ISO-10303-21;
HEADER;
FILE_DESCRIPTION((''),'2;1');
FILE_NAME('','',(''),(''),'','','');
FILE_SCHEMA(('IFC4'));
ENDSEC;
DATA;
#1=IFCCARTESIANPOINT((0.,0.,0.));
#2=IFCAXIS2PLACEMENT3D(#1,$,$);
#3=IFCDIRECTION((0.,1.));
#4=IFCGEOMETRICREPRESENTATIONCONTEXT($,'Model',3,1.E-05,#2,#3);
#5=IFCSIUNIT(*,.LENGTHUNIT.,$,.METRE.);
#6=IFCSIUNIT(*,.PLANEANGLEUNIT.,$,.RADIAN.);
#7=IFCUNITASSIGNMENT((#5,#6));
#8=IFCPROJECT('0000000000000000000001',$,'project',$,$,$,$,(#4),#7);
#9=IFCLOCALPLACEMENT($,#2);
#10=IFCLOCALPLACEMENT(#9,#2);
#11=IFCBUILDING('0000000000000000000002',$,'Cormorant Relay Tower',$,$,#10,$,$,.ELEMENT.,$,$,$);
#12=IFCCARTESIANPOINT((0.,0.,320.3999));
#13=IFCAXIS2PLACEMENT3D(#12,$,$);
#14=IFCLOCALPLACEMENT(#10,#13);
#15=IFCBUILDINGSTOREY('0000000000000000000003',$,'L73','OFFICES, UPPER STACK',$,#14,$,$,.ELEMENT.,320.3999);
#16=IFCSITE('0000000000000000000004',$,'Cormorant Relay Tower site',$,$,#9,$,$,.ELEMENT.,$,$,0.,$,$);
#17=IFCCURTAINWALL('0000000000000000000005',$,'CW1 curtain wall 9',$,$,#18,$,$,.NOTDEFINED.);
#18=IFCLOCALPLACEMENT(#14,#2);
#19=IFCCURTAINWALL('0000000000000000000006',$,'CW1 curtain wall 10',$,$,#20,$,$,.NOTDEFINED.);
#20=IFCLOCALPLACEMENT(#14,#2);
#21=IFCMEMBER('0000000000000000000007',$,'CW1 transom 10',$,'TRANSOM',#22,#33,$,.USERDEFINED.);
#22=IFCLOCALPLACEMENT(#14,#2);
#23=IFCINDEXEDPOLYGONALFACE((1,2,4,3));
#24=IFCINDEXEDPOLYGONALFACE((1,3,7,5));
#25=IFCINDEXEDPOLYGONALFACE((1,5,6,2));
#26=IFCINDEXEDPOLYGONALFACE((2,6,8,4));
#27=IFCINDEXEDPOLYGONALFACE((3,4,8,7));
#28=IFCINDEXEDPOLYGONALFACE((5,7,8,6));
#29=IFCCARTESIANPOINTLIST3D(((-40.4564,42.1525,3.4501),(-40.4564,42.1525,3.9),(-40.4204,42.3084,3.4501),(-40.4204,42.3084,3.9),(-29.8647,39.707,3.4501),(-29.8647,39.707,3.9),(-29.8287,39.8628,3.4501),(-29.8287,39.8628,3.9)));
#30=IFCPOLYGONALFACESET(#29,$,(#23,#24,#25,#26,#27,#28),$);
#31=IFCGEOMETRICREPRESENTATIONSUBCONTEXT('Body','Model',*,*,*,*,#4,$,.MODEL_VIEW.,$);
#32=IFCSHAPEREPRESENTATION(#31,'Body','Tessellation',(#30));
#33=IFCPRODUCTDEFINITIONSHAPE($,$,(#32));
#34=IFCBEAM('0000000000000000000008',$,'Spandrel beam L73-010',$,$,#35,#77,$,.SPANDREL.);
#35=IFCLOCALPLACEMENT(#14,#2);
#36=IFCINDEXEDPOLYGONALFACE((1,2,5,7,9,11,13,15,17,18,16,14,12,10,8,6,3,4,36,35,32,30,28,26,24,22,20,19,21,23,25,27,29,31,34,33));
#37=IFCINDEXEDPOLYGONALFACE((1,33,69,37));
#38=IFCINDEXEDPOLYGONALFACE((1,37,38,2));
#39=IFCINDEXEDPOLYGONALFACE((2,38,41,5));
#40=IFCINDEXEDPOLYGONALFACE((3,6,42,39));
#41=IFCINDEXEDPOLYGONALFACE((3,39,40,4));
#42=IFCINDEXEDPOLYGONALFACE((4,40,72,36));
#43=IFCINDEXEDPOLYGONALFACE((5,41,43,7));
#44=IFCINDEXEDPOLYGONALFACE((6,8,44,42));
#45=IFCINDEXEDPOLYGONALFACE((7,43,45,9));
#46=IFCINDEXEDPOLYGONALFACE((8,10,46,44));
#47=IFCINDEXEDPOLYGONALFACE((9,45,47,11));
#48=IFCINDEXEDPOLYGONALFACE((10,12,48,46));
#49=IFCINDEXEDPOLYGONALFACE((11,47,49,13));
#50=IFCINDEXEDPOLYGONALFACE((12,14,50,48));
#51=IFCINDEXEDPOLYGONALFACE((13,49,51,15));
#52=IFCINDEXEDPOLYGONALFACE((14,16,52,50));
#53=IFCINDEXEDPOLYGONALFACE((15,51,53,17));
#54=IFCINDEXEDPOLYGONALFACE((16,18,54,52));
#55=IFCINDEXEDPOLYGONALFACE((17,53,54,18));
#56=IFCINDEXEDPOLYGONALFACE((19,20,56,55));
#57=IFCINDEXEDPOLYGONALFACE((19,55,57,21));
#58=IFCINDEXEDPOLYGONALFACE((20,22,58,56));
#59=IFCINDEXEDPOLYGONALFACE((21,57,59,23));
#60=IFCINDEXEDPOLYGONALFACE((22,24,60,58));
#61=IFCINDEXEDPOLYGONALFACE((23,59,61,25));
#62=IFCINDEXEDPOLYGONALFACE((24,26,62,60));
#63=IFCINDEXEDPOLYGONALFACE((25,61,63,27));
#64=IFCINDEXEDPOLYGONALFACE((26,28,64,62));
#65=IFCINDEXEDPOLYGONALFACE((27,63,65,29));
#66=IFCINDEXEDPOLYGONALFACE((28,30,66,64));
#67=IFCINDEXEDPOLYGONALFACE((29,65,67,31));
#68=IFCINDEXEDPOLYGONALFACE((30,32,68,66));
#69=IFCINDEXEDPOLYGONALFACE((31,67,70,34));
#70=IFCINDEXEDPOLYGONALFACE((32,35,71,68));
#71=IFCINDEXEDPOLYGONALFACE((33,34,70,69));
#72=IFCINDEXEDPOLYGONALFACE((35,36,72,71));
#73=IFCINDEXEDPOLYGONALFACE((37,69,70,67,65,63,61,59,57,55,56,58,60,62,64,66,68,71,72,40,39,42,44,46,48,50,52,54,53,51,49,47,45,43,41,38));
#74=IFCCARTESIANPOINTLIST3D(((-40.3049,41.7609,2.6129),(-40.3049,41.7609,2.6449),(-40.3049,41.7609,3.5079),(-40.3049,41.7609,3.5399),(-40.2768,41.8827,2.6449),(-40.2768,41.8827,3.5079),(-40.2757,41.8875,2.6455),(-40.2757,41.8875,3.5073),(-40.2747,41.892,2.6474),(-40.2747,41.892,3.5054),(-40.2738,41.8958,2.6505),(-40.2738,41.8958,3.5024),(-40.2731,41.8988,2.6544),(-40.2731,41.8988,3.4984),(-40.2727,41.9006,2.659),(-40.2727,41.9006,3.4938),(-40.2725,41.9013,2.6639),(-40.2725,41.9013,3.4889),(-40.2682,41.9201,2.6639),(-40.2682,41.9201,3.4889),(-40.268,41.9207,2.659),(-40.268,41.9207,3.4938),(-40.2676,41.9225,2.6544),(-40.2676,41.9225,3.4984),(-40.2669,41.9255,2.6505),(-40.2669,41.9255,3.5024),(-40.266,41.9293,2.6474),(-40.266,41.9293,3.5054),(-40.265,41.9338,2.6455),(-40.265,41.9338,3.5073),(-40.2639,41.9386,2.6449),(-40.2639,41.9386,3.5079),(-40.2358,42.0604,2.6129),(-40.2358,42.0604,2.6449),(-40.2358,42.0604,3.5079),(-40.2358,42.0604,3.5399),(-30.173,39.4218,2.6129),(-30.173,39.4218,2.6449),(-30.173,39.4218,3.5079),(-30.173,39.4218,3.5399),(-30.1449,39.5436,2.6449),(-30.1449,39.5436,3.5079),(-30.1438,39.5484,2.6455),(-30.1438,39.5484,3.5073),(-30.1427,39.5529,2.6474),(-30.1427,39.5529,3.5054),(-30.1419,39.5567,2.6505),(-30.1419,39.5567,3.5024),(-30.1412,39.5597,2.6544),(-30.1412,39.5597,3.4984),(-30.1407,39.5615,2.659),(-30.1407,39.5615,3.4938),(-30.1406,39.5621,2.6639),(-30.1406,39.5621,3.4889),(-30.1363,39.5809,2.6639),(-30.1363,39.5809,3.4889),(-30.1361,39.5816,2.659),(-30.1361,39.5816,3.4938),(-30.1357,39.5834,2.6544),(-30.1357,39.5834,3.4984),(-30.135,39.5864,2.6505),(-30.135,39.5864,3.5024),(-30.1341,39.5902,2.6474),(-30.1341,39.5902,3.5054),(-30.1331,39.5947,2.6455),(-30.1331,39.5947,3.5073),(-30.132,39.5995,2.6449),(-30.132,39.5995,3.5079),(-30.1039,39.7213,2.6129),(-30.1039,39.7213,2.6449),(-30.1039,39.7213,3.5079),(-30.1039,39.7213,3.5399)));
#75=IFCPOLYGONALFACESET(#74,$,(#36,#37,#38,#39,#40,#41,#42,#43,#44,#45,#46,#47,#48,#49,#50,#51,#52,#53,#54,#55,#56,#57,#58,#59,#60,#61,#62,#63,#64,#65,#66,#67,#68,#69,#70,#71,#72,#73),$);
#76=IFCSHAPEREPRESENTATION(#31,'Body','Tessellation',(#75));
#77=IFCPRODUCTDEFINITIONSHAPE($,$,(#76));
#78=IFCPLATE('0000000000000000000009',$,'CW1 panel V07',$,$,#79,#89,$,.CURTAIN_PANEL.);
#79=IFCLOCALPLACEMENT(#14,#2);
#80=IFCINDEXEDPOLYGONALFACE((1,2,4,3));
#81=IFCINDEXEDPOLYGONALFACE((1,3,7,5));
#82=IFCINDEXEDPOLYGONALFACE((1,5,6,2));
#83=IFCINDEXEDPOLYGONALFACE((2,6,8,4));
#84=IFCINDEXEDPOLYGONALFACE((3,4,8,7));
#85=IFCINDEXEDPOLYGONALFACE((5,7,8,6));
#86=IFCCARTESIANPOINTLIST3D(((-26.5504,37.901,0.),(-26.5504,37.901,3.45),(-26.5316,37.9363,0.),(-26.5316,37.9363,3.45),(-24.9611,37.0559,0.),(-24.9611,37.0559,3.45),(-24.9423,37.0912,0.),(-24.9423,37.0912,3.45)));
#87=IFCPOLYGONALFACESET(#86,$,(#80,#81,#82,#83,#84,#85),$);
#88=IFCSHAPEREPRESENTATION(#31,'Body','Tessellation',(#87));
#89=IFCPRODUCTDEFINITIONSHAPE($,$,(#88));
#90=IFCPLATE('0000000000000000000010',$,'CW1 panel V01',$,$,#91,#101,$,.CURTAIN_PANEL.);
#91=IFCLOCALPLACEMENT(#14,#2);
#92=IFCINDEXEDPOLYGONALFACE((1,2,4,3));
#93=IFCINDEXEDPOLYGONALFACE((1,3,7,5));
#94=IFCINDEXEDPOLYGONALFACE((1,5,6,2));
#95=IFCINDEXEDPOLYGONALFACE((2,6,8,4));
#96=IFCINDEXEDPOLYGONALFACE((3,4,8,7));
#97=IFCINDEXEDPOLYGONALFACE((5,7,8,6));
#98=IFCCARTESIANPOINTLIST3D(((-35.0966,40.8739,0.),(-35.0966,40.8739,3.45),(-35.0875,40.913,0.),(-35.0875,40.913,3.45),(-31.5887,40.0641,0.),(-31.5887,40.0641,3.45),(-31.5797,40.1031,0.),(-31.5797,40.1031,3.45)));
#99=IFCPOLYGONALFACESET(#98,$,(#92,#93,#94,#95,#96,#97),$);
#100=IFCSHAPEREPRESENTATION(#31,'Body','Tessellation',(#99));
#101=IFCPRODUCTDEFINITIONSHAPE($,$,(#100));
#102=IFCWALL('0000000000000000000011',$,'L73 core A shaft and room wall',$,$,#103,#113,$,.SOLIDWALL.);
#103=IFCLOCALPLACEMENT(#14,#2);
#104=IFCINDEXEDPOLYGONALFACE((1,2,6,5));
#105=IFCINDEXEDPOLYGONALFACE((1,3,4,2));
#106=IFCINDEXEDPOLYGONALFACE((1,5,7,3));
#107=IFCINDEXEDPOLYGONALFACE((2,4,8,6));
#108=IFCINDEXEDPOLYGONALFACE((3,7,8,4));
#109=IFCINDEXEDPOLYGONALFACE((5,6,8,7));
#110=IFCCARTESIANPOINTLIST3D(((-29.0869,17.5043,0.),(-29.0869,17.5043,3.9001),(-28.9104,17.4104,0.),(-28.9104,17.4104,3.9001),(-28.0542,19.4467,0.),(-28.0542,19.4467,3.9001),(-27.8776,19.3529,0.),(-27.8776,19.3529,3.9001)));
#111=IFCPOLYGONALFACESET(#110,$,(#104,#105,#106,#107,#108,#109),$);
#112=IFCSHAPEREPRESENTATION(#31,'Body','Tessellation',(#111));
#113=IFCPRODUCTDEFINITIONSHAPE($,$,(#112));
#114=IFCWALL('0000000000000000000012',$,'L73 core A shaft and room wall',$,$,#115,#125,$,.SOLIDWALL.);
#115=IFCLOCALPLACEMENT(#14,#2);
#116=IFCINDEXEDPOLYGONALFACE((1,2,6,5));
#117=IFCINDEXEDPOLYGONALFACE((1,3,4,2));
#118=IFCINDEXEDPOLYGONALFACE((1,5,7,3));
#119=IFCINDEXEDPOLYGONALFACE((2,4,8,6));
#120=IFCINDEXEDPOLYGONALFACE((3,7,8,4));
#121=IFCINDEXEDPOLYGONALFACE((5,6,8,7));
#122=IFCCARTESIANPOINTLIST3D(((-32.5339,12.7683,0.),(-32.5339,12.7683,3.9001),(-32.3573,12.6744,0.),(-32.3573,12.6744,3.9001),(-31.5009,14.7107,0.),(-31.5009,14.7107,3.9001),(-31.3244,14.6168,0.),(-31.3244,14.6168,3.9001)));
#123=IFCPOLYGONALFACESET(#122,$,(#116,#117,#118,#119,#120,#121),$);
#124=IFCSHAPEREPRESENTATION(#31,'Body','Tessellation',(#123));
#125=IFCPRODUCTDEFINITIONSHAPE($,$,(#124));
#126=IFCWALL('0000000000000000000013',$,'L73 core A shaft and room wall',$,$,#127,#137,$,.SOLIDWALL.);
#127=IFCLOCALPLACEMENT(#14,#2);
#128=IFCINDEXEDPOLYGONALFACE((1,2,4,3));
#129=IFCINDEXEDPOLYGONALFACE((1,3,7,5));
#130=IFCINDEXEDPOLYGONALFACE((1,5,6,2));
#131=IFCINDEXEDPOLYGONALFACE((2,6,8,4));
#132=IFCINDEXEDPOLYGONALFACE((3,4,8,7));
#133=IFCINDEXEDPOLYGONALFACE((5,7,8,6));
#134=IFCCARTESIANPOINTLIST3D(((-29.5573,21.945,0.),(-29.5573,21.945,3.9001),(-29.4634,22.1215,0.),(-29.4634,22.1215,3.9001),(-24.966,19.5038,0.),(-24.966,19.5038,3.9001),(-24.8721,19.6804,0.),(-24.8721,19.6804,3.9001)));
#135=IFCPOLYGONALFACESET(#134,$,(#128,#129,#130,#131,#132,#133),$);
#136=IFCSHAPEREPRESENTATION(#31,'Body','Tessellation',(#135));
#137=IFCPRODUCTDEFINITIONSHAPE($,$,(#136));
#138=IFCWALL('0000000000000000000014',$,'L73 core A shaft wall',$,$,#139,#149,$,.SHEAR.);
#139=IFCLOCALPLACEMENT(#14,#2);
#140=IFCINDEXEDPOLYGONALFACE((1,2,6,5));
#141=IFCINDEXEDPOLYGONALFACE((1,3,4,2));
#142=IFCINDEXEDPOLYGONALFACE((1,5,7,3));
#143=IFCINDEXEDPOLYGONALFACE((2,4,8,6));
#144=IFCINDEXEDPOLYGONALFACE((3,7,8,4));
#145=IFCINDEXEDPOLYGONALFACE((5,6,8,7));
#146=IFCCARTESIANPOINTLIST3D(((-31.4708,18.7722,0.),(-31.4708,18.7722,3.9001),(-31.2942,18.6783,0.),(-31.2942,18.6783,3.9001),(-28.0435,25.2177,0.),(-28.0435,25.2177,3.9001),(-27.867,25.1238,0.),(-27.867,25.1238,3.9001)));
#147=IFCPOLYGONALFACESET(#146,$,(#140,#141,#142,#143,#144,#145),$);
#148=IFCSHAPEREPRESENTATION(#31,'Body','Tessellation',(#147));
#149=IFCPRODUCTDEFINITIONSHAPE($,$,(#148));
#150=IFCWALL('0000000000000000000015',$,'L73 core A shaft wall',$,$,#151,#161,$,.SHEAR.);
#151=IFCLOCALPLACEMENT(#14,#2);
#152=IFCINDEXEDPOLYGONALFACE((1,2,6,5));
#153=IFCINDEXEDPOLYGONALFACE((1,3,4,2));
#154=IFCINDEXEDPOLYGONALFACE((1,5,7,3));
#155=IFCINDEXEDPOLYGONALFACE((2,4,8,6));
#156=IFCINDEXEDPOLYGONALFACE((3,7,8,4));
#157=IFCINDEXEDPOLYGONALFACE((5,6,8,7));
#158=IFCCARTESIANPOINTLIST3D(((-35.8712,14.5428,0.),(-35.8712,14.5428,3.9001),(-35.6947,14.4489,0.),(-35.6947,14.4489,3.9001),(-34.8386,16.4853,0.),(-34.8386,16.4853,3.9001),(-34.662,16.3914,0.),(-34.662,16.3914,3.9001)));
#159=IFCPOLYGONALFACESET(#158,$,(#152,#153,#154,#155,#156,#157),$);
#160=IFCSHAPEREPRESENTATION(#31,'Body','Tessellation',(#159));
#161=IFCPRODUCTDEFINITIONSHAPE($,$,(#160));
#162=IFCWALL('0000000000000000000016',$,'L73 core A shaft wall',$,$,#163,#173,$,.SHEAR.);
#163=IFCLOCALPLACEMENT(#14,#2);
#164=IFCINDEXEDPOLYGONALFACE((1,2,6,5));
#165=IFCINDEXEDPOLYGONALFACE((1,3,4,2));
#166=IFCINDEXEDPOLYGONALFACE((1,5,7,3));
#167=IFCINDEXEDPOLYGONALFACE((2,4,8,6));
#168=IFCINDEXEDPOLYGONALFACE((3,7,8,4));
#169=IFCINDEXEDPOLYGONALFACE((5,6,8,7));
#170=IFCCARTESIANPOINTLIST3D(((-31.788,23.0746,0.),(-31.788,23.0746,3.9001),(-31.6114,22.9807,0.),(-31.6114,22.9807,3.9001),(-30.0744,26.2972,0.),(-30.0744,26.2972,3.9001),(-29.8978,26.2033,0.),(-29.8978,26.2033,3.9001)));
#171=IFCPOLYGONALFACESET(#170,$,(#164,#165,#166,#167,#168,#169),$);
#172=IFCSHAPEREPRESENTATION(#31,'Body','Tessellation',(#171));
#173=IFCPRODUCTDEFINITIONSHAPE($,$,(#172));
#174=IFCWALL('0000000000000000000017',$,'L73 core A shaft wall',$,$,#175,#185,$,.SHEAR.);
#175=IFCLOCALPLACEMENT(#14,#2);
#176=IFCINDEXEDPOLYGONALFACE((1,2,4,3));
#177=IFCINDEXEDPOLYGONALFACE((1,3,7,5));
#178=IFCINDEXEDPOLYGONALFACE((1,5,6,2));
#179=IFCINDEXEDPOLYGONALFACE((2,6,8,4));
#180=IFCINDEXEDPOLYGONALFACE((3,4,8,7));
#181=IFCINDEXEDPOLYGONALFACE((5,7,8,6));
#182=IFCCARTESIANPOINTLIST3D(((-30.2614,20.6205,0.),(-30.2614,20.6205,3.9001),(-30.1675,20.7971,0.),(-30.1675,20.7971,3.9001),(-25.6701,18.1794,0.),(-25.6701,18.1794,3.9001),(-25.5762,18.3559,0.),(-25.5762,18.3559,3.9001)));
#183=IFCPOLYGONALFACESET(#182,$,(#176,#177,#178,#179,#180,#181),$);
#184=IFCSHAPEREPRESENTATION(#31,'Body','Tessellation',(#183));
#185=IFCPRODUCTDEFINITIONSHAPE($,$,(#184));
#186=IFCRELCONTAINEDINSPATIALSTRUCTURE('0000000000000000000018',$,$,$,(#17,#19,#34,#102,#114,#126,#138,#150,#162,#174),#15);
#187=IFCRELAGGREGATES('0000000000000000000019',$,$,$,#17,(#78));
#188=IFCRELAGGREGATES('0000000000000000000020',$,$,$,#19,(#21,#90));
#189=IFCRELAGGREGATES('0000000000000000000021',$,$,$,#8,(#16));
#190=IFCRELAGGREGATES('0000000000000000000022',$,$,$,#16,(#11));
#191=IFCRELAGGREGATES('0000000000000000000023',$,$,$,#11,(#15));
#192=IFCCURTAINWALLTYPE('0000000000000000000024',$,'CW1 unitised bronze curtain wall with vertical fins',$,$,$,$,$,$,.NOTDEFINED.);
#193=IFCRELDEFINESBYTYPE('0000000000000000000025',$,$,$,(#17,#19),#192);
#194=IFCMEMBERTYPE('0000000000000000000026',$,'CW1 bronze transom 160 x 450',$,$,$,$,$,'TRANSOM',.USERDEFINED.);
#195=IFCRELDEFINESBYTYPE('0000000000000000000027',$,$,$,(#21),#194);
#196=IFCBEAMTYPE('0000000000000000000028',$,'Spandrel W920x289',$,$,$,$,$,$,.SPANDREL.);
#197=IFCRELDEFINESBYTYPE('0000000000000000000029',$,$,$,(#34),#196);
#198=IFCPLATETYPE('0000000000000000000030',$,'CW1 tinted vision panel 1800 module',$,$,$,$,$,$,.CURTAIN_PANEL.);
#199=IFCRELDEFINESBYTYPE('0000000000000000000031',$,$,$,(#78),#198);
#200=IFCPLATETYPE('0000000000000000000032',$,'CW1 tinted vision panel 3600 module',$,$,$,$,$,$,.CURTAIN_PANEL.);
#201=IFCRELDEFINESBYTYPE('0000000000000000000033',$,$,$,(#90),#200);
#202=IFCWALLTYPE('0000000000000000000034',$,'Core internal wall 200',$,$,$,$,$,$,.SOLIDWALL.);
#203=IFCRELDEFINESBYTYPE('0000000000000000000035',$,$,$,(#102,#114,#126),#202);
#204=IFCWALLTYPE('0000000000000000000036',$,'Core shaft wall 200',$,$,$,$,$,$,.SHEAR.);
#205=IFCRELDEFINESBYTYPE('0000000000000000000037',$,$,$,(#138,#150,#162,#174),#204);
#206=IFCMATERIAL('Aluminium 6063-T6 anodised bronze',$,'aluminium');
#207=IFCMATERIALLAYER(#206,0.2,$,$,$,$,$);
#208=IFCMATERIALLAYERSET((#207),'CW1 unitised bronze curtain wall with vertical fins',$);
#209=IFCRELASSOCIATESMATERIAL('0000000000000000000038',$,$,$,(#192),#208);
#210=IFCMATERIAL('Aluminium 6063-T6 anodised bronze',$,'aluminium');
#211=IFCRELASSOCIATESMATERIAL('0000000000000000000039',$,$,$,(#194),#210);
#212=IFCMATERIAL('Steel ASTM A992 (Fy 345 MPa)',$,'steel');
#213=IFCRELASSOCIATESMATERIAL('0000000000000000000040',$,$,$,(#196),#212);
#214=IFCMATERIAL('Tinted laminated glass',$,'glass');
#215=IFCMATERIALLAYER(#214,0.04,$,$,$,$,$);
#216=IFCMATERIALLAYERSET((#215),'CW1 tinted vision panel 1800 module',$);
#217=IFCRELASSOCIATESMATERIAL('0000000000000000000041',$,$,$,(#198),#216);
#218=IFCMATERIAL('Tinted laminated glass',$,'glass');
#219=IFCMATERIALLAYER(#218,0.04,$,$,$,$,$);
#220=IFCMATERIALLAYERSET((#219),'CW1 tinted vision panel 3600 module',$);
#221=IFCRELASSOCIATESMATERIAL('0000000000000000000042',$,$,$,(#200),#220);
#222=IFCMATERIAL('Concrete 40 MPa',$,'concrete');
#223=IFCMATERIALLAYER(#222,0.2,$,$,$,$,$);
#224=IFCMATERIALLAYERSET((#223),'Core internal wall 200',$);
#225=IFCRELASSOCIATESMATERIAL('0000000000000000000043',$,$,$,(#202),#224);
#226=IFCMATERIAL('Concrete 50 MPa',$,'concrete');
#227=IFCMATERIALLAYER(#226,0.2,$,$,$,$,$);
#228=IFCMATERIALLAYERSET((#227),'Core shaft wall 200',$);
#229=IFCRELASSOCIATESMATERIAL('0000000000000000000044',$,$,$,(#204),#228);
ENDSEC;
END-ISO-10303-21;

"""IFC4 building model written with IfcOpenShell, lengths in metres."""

from ifc_helpers import new_model, si_unit, direction, frame, frame_2d, origin, origin_2d, place, context, subcontext, project, spatial, rectangle, i_section, extrude, material, layer, layer_set, material_profile, profile_set, type_object, element, aggregate, save


model = new_model("IFC4")

# Units and contexts
model_context = context("Model", 3, precision=1e-05, world=origin(), true_north=direction((0.0, 1.0)))
body_context = subcontext(model_context, "Body", "Model", "MODEL_VIEW")
ifc_project = project(units=[si_unit("LENGTHUNIT", "METRE"), si_unit("PLANEANGLEUNIT", "RADIAN")], contexts=[model_context])

# Site, building, storey
site_placement = place(None, origin())
site = spatial("IfcSite", under=ifc_project, at=site_placement, Name="Cormorant Relay Tower site", CompositionType="ELEMENT", RefElevation=0.0)
building_placement = place(site_placement, origin())
building = spatial("IfcBuilding", under=site, at=building_placement, Name="Cormorant Relay Tower", CompositionType="ELEMENT")
storey_placement = place(building_placement, frame((0.0, 0.0, 320.3999)))
storey = spatial("IfcBuildingStorey", under=building, at=storey_placement, Name="L73", Description="OFFICES, UPPER STACK", CompositionType="ELEMENT", Elevation=320.3999)

# Curtain wall
ifc_material_1 = material(Name="Aluminium 6063-T6 anodised bronze", Category="aluminium")
ifc_layer_1 = layer(ifc_material_1, 0.2)
ifc_layer_set_1 = layer_set([ifc_layer_1], Name="CW1 unitised bronze curtain wall with vertical fins")
curtain_wall_type = type_object("IfcCurtainWallType", Name="CW1 unitised bronze curtain wall with vertical fins", PredefinedType="NOTDEFINED", material=ifc_layer_set_1)
curtain_wall_1_placement = place(storey_placement, origin())
curtain_wall_1 = element("IfcCurtainWall", 1, at=curtain_wall_1_placement, inside=storey, type_object=curtain_wall_type, Name="CW1 curtain wall 9", PredefinedType="NOTDEFINED")

# Curtain wall, member
curtain_wall_2_placement = place(storey_placement, origin())
curtain_wall_2 = element("IfcCurtainWall", 2, at=curtain_wall_2_placement, inside=storey, type_object=curtain_wall_type, Name="CW1 curtain wall 10", PredefinedType="NOTDEFINED")
ifc_material_2 = material(Name="Aluminium 6063-T6 anodised bronze", Category="aluminium")
ifc_material_profile_1 = material_profile(ifc_material_2, rectangle(XDim=0.1599, YDim=0.45, at=origin_2d()), Name="AL 160x450")
ifc_profile_set_1 = profile_set([ifc_material_profile_1], Name="Aluminium 6063-T6 anodised bronze")
member_type_1 = type_object("IfcMemberType", Name="CW1 bronze transom 160 x 450", ElementType="TRANSOM", PredefinedType="USERDEFINED", material=ifc_profile_set_1)
member_1_placement = place(storey_placement, frame((-29.8467, 39.7849, 3.675), z_axis=(-0.974365, 0.224973, 0.0), x_axis=(-0.224973, -0.974365, 0.0)))
member_1 = element("IfcMember", 3, at=member_1_placement, type_object=member_type_1, Name="CW1 transom 10", ObjectType="TRANSOM", PredefinedType="USERDEFINED", context=body_context, shape_type="SweptSolid", body=[
    extrude(rectangle(XDim=0.1599, YDim=0.45, at=origin_2d()), origin(), (0.0, 0.0, 1.0), 10.8704),
])

# Beam
ifc_material_3 = material(Name="Steel ASTM A992 (Fy 345 MPa)", Category="steel")
ifc_material_profile_2 = material_profile(ifc_material_3, i_section(OverallWidth=0.3074, OverallDepth=0.927, WebThickness=0.0193, FlangeThickness=0.032, FilletRadius=0.019, at=origin_2d()), Name="W920x289")
ifc_profile_set_2 = profile_set([ifc_material_profile_2], Name="Steel ASTM A992 (Fy 345 MPa)")
beam_type = type_object("IfcBeamType", Name="Spandrel W920x289", PredefinedType="SPANDREL", material=ifc_profile_set_2)
beam_placement = place(storey_placement, frame((-30.1384, 39.5715, 3.0764), z_axis=(-0.97437, 0.22495, 0.0), x_axis=(-0.22495, -0.97437, 0.0)))
element("IfcBeam", 4, at=beam_placement, inside=storey, type_object=beam_type, Name="Spandrel beam L73-010", PredefinedType="SPANDREL", context=body_context, shape_type="SweptSolid", body=[
    extrude(i_section(OverallWidth=0.3074, OverallDepth=0.927, WebThickness=0.0193, FlangeThickness=0.032, FilletRadius=0.019, at=origin_2d()), origin(), (0.0, 0.0, 1.0), 10.3984),
])

# Plates
ifc_material_4 = material(Name="Tinted laminated glass", Category="glass")
ifc_layer_2 = layer(ifc_material_4, 0.04)
ifc_layer_set_2 = layer_set([ifc_layer_2], Name="CW1 tinted vision panel 1800 module")
plate_type_1 = type_object("IfcPlateType", Name="CW1 tinted vision panel 1800 module", PredefinedType="CURTAIN_PANEL", material=ifc_layer_set_2)
plate_1_placement = place(storey_placement, frame((-25.7463, 37.4961, 0.0), z_axis=(0.0, 0.0, 1.0), x_axis=(-0.882948, 0.469472, 0.0)))
plate_1 = element("IfcPlate", 5, at=plate_1_placement, type_object=plate_type_1, Name="CW1 panel V07", PredefinedType="CURTAIN_PANEL", context=body_context, shape_type="SweptSolid", body=[
    extrude(rectangle(XDim=1.8, YDim=0.04, at=origin_2d()), origin(), (0.0, 0.0, 1.0), 3.45),
])
ifc_material_5 = material(Name="Tinted laminated glass", Category="glass")
ifc_layer_3 = layer(ifc_material_5, 0.04)
ifc_layer_set_3 = layer_set([ifc_layer_3], Name="CW1 tinted vision panel 3600 module")
plate_type_2 = type_object("IfcPlateType", Name="CW1 tinted vision panel 3600 module", PredefinedType="CURTAIN_PANEL", material=ifc_layer_set_3)
plate_2_placement = place(storey_placement, frame((-33.3381, 40.4885, 0.0), z_axis=(0.0, 0.0, 1.0), x_axis=(-0.97437, 0.224951, 0.0)))
plate_2 = element("IfcPlate", 6, at=plate_2_placement, type_object=plate_type_2, Name="CW1 panel V01", PredefinedType="CURTAIN_PANEL", context=body_context, shape_type="SweptSolid", body=[
    extrude(rectangle(XDim=3.6001, YDim=0.04, at=origin_2d()), origin(), (0.0, 0.0, 1.0), 3.45),
])

# Walls
ifc_material_6 = material(Name="Concrete 40 MPa", Category="concrete")
ifc_layer_4 = layer(ifc_material_6, 0.2)
ifc_layer_set_4 = layer_set([ifc_layer_4], Name="Core internal wall 200")
wall_type_1 = type_object("IfcWallType", Name="Core internal wall 200", PredefinedType="SOLIDWALL", material=ifc_layer_set_4)
for number, where, z_axis, x_axis, name in (
    (7, (-27.9658, 19.3999, 0.0), (0.0, 0.0, 1.0), (-0.469447, -0.88296, 0.0), "L73 core A shaft and room wall"),
    (8, (-31.4126, 14.6638, 0.0), (0.0, 0.0, 1.0), (-0.469534, -0.882914, 0.0), "L73 core A shaft and room wall"),
):
    element("IfcWall", number, at=place(storey_placement, frame(where, z_axis=z_axis, x_axis=x_axis)), inside=storey, type_object=wall_type_1, Name=name, PredefinedType="SOLIDWALL", context=body_context, shape_type="SweptSolid", body=[
        extrude(rectangle(XDim=2.2, YDim=0.2, at=frame_2d((1.1001, 0.0))), origin(), (0.0, 0.0, 1.0), 3.9001),
    ])
wall_1_placement = place(storey_placement, frame((-24.9189, 19.592, 0.0), z_axis=(0.0, 0.0, 1.0), x_axis=(-0.882954, 0.46946, 0.0)))
element("IfcWall", 9, at=wall_1_placement, inside=storey, type_object=wall_type_1, Name="L73 core A shaft and room wall", PredefinedType="SOLIDWALL", context=body_context, shape_type="SweptSolid", body=[
    extrude(rectangle(XDim=5.2, YDim=0.2, at=frame_2d((2.6001, 0.0))), origin(), (0.0, 0.0, 1.0), 3.9001),
])
ifc_material_7 = material(Name="Concrete 50 MPa", Category="concrete")
ifc_layer_5 = layer(ifc_material_7, 0.2)
ifc_layer_set_5 = layer_set([ifc_layer_5], Name="Core shaft wall 200")
wall_type_2 = type_object("IfcWallType", Name="Core shaft wall 200", PredefinedType="SHEAR", material=ifc_layer_set_5)
wall_2_placement = place(storey_placement, frame((-27.9553, 25.1707, 0.0), z_axis=(0.0, 0.0, 1.0), x_axis=(-0.46948, -0.882943, 0.0)))
element("IfcWall", 10, at=wall_2_placement, inside=storey, type_object=wall_type_2, Name="L73 core A shaft wall", PredefinedType="SHEAR", context=body_context, shape_type="SweptSolid", body=[
    extrude(rectangle(XDim=7.3, YDim=0.2, at=frame_2d((3.6499, 0.0))), origin(), (0.0, 0.0, 1.0), 3.9001),
])
wall_3_placement = place(storey_placement, frame((-34.7502, 16.4385, 0.0), z_axis=(0.0, 0.0, 1.0), x_axis=(-0.469401, -0.882985, 0.0)))
element("IfcWall", 11, at=wall_3_placement, inside=storey, type_object=wall_type_2, Name="L73 core A shaft wall", PredefinedType="SHEAR", context=body_context, shape_type="SweptSolid", body=[
    extrude(rectangle(XDim=2.2, YDim=0.2, at=frame_2d((1.1001, 0.0))), origin(), (0.0, 0.0, 1.0), 3.9001),
])
wall_4_placement = place(storey_placement, frame((-29.9861, 26.2502, 0.0), z_axis=(0.0, 0.0, 1.0), x_axis=(-0.469494, -0.882936, 0.0)))
element("IfcWall", 12, at=wall_4_placement, inside=storey, type_object=wall_type_2, Name="L73 core A shaft wall", PredefinedType="SHEAR", context=body_context, shape_type="SweptSolid", body=[
    extrude(rectangle(XDim=3.6499, YDim=0.2, at=frame_2d((1.825, 0.0))), origin(), (0.0, 0.0, 1.0), 3.9001),
])

# Wall
wall_5_placement = place(storey_placement, frame((-25.623, 18.2676, 0.0), z_axis=(0.0, 0.0, 1.0), x_axis=(-0.882954, 0.46946, 0.0)))
element("IfcWall", 13, at=wall_5_placement, inside=storey, type_object=wall_type_2, Name="L73 core A shaft wall", PredefinedType="SHEAR", context=body_context, shape_type="SweptSolid", body=[
    extrude(rectangle(XDim=5.2, YDim=0.2, at=frame_2d((2.6001, 0.0))), origin(), (0.0, 0.0, 1.0), 3.9001),
])

aggregate(curtain_wall_1, [plate_1])
aggregate(curtain_wall_2, [member_1, plate_2])

save(model, "model.ifc")
